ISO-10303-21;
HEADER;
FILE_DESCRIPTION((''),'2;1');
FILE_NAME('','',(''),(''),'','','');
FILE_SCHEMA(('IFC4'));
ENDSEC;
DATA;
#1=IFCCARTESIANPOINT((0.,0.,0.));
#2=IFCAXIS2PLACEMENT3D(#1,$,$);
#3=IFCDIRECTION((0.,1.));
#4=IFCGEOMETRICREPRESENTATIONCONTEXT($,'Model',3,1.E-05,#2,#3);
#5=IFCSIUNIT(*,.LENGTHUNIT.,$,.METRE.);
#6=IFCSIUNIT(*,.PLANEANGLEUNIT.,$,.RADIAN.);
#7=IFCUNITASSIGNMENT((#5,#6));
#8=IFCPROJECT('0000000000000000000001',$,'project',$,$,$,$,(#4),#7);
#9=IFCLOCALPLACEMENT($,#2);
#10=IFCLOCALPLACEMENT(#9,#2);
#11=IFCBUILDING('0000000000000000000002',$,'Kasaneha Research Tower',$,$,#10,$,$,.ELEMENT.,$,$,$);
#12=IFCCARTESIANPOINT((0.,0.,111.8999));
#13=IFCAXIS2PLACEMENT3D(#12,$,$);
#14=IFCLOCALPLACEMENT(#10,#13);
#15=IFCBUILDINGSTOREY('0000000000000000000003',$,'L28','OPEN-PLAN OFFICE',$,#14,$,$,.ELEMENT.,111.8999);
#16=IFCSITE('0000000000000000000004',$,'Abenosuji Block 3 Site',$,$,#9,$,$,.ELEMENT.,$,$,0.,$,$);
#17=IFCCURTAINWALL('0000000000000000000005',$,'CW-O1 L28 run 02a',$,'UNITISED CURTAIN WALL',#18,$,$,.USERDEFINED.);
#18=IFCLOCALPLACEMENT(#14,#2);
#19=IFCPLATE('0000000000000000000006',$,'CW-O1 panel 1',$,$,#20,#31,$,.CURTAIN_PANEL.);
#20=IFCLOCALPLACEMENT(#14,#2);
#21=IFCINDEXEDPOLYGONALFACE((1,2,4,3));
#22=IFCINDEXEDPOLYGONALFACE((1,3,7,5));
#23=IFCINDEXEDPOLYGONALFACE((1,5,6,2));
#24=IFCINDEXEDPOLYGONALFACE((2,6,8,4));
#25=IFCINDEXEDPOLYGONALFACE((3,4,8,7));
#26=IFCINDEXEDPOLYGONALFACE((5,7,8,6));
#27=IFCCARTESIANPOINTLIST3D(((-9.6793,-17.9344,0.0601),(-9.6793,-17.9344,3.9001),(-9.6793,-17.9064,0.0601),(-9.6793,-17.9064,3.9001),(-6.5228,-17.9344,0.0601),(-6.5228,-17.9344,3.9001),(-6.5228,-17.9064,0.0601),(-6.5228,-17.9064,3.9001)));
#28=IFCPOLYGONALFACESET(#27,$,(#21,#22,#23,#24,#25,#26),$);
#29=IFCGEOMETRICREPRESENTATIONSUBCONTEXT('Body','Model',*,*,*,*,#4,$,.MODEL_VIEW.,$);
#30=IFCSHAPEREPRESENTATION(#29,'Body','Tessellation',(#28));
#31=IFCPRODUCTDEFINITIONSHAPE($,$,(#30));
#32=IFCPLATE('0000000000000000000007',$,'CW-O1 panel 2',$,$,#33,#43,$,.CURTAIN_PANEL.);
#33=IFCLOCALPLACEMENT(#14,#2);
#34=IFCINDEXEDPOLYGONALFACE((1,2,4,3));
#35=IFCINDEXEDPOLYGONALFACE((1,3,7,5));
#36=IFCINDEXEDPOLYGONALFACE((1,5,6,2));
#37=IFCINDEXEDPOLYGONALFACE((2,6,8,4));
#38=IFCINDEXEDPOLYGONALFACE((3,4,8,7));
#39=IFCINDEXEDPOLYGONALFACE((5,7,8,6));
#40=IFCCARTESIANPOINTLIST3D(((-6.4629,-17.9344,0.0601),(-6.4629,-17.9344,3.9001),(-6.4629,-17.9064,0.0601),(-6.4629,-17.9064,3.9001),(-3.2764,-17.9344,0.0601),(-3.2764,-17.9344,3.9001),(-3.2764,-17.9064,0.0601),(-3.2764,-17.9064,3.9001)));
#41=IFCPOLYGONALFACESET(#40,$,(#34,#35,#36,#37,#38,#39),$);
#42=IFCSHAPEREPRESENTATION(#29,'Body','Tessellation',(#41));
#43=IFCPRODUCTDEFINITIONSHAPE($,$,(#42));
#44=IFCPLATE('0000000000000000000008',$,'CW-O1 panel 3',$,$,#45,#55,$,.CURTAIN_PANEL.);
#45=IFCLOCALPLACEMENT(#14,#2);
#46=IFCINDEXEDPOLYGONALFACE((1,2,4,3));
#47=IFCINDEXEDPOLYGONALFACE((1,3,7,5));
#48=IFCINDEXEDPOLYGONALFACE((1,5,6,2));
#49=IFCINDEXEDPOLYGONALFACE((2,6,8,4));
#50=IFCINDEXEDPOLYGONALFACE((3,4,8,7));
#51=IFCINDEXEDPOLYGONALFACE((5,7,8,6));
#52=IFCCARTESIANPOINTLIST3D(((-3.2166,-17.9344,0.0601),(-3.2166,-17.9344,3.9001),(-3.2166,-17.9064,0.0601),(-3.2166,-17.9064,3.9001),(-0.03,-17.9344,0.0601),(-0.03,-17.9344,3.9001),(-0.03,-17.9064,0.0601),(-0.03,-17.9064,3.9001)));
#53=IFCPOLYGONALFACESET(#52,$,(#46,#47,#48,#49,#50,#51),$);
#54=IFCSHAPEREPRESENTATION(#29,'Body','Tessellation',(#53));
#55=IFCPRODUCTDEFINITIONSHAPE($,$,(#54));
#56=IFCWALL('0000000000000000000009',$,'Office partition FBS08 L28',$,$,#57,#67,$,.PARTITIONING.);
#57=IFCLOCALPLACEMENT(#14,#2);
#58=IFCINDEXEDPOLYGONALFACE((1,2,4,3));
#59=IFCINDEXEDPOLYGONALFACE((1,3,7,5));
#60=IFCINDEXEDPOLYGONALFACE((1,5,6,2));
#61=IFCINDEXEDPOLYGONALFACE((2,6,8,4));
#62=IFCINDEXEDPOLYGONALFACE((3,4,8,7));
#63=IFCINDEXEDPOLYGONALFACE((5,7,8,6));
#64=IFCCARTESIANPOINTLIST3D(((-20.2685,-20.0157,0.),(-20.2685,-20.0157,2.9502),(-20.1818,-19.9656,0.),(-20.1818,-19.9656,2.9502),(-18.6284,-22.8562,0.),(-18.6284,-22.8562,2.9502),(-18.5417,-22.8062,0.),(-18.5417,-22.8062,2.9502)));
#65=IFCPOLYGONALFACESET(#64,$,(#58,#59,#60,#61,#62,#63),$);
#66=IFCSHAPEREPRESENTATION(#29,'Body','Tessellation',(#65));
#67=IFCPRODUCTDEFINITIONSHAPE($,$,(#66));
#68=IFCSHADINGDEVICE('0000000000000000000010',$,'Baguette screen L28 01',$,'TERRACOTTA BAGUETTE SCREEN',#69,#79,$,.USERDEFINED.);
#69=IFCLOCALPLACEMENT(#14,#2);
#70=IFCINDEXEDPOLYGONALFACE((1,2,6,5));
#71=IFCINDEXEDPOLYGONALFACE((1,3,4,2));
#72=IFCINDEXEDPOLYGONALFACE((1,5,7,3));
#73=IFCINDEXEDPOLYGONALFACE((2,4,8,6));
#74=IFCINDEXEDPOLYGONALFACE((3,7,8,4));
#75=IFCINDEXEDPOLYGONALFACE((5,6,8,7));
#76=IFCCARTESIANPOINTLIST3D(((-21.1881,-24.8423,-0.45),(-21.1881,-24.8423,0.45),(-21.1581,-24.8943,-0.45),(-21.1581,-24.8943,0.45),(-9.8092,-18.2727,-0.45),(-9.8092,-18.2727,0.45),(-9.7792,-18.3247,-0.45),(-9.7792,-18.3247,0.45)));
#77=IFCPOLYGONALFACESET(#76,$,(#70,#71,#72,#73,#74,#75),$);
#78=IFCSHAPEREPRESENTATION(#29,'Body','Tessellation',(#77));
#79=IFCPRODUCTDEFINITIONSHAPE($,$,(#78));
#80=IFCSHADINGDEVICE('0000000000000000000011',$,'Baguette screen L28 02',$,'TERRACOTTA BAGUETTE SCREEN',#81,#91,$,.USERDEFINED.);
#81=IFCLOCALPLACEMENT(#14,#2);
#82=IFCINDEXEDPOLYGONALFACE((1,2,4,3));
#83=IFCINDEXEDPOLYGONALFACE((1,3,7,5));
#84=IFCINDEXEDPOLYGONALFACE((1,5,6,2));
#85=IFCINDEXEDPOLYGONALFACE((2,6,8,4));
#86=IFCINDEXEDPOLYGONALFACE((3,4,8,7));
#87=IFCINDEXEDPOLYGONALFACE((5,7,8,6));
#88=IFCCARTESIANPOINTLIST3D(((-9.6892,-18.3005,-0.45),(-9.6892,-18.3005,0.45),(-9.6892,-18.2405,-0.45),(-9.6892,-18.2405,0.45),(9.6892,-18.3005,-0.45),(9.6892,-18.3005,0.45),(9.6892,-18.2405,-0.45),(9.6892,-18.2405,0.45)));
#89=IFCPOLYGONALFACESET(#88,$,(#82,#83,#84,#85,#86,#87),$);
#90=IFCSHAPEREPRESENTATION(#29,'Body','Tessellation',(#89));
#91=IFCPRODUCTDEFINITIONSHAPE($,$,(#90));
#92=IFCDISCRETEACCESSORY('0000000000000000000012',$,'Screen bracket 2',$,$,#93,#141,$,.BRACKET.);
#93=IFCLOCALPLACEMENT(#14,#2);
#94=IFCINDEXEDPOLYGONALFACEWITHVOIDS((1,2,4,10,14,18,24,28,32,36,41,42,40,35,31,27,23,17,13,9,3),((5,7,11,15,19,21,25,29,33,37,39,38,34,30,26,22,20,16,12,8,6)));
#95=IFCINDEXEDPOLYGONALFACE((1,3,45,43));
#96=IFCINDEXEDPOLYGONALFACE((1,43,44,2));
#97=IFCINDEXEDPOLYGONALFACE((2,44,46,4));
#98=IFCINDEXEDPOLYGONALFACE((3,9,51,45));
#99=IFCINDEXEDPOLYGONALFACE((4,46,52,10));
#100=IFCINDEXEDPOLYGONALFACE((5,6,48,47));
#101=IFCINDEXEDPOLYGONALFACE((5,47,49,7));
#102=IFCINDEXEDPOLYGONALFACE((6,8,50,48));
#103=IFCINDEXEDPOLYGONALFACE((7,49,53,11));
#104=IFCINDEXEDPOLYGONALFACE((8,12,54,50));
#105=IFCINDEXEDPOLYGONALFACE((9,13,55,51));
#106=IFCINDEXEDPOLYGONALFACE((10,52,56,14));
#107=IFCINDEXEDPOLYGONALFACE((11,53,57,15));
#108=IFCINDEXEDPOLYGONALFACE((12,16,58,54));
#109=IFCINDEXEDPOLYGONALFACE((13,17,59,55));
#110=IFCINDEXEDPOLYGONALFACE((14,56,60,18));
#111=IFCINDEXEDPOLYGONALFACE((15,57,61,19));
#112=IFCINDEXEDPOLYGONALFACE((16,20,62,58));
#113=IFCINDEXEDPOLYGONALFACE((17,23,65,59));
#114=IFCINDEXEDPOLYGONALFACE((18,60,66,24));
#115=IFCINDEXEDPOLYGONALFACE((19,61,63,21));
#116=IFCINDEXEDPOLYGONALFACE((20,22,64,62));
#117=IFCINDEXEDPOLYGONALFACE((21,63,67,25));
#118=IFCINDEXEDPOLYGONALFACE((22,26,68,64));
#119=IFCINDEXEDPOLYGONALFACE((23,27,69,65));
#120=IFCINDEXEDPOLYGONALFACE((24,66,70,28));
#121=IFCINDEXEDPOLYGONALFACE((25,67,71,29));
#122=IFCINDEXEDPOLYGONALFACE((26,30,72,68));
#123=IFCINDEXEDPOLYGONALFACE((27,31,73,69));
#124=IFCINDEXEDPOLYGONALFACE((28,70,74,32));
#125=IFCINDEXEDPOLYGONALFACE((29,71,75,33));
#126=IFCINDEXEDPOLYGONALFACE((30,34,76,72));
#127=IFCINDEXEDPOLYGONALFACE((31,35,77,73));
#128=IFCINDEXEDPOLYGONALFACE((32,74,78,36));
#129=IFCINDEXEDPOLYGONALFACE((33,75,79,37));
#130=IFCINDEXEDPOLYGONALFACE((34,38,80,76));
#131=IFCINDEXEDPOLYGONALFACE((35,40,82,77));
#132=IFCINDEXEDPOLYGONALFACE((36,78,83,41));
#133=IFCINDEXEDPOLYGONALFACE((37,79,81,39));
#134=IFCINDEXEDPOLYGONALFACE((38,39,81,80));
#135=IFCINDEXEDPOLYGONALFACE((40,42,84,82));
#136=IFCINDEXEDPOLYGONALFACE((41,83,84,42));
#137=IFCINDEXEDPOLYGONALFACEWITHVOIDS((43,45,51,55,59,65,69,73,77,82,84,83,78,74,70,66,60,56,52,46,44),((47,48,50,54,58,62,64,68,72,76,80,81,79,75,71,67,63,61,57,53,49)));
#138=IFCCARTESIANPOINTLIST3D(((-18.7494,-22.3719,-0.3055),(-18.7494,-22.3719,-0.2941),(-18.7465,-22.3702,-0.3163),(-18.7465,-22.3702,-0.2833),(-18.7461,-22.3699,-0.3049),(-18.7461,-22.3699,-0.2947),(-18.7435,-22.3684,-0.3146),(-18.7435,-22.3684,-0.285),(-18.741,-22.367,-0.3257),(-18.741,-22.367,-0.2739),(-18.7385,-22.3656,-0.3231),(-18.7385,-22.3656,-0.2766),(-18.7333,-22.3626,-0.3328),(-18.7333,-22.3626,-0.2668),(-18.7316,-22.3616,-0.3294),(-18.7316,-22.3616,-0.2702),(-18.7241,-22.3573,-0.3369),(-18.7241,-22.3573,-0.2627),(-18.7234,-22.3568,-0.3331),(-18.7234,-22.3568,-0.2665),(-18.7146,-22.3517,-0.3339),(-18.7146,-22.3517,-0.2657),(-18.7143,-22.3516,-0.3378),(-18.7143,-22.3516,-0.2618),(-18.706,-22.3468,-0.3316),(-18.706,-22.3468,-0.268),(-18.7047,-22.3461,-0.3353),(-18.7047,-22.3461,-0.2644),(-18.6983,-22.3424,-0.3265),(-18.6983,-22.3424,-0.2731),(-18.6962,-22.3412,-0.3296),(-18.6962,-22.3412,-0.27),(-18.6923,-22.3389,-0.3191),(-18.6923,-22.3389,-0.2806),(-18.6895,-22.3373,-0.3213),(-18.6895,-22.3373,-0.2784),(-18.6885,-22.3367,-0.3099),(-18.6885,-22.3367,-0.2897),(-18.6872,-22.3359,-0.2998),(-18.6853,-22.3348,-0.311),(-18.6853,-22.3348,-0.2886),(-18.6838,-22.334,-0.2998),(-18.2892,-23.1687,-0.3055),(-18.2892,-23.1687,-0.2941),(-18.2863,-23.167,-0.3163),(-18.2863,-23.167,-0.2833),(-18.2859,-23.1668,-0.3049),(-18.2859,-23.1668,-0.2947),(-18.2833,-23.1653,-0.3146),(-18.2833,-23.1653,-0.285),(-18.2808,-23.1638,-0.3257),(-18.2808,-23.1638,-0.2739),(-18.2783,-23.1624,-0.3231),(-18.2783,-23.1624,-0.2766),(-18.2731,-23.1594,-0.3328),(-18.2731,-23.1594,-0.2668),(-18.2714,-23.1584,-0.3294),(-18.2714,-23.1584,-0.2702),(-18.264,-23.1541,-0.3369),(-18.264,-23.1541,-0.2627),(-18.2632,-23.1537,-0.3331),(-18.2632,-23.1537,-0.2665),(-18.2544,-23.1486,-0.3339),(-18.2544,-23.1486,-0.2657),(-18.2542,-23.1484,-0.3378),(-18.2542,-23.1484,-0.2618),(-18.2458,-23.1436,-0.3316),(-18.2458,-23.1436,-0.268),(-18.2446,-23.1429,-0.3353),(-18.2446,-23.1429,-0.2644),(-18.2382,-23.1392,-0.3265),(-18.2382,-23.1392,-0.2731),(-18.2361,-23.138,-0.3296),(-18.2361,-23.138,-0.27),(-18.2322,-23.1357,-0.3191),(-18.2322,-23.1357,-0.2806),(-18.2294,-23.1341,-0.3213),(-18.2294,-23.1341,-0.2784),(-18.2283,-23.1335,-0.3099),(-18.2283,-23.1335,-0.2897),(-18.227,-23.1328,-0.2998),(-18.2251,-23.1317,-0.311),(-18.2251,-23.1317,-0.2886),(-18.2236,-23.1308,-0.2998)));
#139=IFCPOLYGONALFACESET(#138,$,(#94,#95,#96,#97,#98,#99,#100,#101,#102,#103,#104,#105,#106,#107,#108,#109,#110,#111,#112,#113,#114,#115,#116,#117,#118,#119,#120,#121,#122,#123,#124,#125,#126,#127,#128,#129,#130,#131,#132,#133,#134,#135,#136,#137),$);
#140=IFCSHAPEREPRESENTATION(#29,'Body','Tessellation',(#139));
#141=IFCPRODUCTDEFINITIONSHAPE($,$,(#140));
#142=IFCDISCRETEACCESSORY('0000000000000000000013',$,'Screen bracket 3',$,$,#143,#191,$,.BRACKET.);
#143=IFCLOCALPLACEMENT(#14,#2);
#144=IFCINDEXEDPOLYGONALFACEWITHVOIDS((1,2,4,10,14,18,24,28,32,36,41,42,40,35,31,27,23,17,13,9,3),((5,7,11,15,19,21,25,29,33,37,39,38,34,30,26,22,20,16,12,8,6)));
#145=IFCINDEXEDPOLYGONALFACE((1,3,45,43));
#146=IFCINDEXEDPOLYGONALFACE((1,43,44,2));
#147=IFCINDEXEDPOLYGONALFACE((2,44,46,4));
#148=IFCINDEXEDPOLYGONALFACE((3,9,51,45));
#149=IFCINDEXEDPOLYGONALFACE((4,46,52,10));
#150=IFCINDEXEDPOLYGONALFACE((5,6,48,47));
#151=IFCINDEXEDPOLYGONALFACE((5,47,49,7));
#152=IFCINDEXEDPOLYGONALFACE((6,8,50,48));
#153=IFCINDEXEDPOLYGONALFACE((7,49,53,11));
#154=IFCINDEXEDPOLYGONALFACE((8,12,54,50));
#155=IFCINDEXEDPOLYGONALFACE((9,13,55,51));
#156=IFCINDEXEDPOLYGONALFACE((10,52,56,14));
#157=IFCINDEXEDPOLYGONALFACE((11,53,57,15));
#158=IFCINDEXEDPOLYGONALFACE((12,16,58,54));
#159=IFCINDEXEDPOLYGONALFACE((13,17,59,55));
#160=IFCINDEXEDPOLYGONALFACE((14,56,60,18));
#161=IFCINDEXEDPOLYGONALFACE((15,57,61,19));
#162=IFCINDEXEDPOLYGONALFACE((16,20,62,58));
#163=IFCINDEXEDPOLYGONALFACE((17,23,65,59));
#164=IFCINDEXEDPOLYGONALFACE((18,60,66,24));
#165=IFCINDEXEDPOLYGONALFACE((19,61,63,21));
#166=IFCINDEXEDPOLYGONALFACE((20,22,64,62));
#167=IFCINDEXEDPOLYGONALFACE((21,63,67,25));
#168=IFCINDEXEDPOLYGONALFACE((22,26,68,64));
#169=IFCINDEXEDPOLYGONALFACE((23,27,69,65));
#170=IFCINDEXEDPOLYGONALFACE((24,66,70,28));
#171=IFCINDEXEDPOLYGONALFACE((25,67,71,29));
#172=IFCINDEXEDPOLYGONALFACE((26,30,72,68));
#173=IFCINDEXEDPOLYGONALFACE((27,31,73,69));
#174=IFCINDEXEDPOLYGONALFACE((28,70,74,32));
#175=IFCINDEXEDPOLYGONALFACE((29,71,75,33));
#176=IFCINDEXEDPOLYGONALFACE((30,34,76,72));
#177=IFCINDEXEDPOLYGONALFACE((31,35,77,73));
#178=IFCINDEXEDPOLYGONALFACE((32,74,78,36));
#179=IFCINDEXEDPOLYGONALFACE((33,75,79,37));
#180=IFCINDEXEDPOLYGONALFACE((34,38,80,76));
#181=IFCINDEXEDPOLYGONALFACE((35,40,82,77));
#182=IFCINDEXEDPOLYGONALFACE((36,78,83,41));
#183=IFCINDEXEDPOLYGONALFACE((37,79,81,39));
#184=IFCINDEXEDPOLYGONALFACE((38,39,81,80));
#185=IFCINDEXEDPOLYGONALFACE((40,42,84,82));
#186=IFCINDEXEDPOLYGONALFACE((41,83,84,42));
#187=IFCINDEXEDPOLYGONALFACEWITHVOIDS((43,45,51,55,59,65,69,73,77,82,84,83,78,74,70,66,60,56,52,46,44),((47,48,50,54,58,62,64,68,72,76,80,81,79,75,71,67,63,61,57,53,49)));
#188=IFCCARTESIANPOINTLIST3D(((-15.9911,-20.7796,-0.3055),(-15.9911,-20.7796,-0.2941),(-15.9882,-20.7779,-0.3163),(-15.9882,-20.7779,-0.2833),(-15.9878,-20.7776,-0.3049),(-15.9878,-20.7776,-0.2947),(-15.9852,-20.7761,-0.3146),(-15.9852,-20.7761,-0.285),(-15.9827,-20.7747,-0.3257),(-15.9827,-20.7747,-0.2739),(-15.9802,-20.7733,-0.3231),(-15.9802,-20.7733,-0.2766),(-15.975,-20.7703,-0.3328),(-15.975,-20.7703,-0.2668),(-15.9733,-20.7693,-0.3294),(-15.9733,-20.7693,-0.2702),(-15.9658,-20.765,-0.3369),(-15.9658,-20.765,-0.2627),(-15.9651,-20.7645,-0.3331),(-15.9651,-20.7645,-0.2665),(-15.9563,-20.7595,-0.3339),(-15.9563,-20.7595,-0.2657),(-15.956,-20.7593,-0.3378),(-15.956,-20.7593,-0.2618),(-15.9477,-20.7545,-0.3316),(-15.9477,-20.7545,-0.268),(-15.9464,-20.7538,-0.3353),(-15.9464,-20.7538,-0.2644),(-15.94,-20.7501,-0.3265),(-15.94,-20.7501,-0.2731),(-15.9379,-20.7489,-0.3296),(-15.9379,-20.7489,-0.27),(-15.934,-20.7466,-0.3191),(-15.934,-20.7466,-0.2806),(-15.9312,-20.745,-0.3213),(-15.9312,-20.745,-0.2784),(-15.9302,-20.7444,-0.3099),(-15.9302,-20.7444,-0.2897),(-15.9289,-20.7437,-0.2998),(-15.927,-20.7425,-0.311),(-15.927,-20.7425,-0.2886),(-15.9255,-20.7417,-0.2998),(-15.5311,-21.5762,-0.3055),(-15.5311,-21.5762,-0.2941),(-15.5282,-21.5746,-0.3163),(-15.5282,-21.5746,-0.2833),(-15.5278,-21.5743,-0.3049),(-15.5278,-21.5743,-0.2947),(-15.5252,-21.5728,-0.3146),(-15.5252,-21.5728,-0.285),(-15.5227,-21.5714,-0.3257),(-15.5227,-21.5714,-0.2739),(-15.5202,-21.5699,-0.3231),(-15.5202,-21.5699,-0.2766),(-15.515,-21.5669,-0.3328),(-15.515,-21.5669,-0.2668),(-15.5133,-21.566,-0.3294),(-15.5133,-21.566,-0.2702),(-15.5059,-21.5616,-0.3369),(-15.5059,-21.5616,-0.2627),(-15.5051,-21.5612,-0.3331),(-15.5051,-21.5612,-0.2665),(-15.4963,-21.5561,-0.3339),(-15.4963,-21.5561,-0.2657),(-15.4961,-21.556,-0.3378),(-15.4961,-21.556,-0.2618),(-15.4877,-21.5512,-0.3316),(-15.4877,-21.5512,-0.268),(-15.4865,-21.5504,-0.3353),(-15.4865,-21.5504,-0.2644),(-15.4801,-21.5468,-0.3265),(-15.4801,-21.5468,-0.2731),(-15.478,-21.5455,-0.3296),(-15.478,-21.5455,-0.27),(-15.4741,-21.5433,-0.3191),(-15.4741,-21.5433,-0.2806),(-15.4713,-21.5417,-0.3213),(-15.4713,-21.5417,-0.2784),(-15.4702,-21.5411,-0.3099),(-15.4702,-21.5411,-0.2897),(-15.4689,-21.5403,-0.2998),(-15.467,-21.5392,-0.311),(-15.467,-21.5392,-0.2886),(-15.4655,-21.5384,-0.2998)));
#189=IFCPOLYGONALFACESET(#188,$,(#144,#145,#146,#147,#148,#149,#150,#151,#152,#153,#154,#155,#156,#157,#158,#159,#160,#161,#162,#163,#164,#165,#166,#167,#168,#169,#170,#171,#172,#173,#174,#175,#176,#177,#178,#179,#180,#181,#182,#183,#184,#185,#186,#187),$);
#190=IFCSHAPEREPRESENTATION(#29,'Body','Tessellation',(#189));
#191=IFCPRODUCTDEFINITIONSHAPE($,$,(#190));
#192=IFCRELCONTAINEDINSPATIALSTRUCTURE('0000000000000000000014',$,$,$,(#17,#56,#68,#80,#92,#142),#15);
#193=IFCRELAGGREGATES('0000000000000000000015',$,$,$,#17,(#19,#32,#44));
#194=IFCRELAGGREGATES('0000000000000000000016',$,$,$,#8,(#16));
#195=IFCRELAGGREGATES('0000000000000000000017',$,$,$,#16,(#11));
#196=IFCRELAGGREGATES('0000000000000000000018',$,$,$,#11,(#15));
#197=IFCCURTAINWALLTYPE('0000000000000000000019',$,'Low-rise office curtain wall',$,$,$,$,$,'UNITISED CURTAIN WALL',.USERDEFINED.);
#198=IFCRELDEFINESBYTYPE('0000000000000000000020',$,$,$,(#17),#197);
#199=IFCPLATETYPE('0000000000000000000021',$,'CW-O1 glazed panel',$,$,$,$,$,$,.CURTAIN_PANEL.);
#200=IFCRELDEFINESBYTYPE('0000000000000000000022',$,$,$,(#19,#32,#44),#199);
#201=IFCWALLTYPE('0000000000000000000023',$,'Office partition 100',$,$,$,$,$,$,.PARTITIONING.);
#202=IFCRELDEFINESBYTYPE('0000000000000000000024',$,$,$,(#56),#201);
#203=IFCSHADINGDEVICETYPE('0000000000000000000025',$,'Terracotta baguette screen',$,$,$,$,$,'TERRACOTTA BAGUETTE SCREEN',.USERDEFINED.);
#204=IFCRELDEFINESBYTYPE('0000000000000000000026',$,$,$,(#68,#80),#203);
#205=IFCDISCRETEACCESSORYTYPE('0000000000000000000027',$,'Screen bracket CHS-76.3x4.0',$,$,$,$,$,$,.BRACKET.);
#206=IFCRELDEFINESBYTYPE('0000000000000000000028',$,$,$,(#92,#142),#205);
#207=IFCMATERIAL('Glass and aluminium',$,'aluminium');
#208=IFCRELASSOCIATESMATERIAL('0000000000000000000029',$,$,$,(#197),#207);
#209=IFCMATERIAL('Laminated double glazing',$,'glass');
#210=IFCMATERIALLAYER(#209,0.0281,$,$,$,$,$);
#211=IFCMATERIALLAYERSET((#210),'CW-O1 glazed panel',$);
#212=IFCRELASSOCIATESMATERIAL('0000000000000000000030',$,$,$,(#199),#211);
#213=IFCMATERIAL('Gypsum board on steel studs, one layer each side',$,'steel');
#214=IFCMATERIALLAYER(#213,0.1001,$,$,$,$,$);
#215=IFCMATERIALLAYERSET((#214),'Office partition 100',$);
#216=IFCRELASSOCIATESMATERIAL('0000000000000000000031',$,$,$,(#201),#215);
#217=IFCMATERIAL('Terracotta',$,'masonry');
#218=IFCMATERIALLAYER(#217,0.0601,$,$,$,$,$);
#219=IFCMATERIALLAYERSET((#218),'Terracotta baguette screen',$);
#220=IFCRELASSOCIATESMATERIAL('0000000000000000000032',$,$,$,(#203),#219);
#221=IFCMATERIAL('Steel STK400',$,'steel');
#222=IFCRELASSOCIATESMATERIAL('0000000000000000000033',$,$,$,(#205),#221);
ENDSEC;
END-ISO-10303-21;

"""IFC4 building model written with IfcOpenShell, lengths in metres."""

from ifc_helpers import new_model, si_unit, direction, frame, frame_2d, origin, origin_2d, place, context, subcontext, project, spatial, rectangle, hollow_circle, extrude, material, layer, layer_set, material_profile, profile_set, type_object, element, aggregate, save


model = new_model("IFC4")

# Units and contexts
model_context = context("Model", 3, precision=1e-05, world=origin(), true_north=direction((0.0, 1.0)))
body_context = subcontext(model_context, "Body", "Model", "MODEL_VIEW")
ifc_project = project(units=[si_unit("LENGTHUNIT", "METRE"), si_unit("PLANEANGLEUNIT", "RADIAN")], contexts=[model_context])

# Site, building, storey
site_placement = place(None, origin())
site = spatial("IfcSite", under=ifc_project, at=site_placement, Name="Abenosuji Block 3 Site", CompositionType="ELEMENT", RefElevation=0.0)
building_placement = place(site_placement, origin())
building = spatial("IfcBuilding", under=site, at=building_placement, Name="Kasaneha Research Tower", CompositionType="ELEMENT")
storey_placement = place(building_placement, frame((0.0, 0.0, 111.8999)))
storey = spatial("IfcBuildingStorey", under=building, at=storey_placement, Name="L28", Description="OPEN-PLAN OFFICE", CompositionType="ELEMENT", Elevation=111.8999)

# Curtain wall
ifc_material_1 = material(Name="Glass and aluminium", Category="aluminium")
curtain_wall_type = type_object("IfcCurtainWallType", Name="Low-rise office curtain wall", ElementType="UNITISED CURTAIN WALL", PredefinedType="USERDEFINED", material=ifc_material_1)
curtain_wall_1_placement = place(storey_placement, origin())
curtain_wall_1 = element("IfcCurtainWall", 1, at=curtain_wall_1_placement, inside=storey, type_object=curtain_wall_type, Name="CW-O1 L28 run 02a", ObjectType="UNITISED CURTAIN WALL", PredefinedType="USERDEFINED")

# Plates
ifc_material_2 = material(Name="Laminated double glazing", Category="glass")
ifc_layer_1 = layer(ifc_material_2, 0.0281)
ifc_layer_set_1 = layer_set([ifc_layer_1], Name="CW-O1 glazed panel")
plate_type = type_object("IfcPlateType", Name="CW-O1 glazed panel", PredefinedType="CURTAIN_PANEL", material=ifc_layer_set_1)
plate_1_placement = place(storey_placement, frame((-8.1011, -17.9204, 0.0601), z_axis=(0.0, 0.0, 1.0), x_axis=(1.0, 0.0, 0.0)))
plate_1 = element("IfcPlate", 2, at=plate_1_placement, type_object=plate_type, Name="CW-O1 panel 1", PredefinedType="CURTAIN_PANEL", context=body_context, shape_type="SweptSolid", body=[
    extrude(rectangle(XDim=3.1565, YDim=0.0281, at=origin_2d()), origin(), (0.0, 0.0, 1.0), 3.8401),
])
plate_2_placement = place(storey_placement, frame((-4.8696, -17.9204, 0.0601), z_axis=(0.0, 0.0, 1.0), x_axis=(1.0, 0.0, 0.0)))
plate_2 = element("IfcPlate", 3, at=plate_2_placement, type_object=plate_type, Name="CW-O1 panel 2", PredefinedType="CURTAIN_PANEL", context=body_context, shape_type="SweptSolid", body=[
    extrude(rectangle(XDim=3.1865, YDim=0.0281, at=origin_2d()), origin(), (0.0, 0.0, 1.0), 3.8401),
])
plate_3_placement = place(storey_placement, frame((-1.6233, -17.9204, 0.0601), z_axis=(0.0, 0.0, 1.0), x_axis=(1.0, 0.0, 0.0)))
plate_3 = element("IfcPlate", 4, at=plate_3_placement, type_object=plate_type, Name="CW-O1 panel 3", PredefinedType="CURTAIN_PANEL", context=body_context, shape_type="SweptSolid", body=[
    extrude(rectangle(XDim=3.1865, YDim=0.0281, at=origin_2d()), origin(), (0.0, 0.0, 1.0), 3.8401),
])
aggregate(curtain_wall_1, [plate_1, plate_2, plate_3])

# Wall
ifc_material_3 = material(Name="Gypsum board on steel studs, one layer each side", Category="steel")
ifc_layer_2 = layer(ifc_material_3, 0.1001)
ifc_layer_set_2 = layer_set([ifc_layer_2], Name="Office partition 100")
wall_type = type_object("IfcWallType", Name="Office partition 100", PredefinedType="PARTITIONING", material=ifc_layer_set_2)
wall_placement = place(storey_placement, frame((-18.585, -22.8313, 0.0), z_axis=(0.0, 0.0, 1.0), x_axis=(-0.50003, 0.866008, 0.0)))
element("IfcWall", 5, at=wall_placement, inside=storey, type_object=wall_type, Name="Office partition FBS08 L28", PredefinedType="PARTITIONING", context=body_context, shape_type="SweptSolid", body=[
    extrude(rectangle(XDim=3.28, YDim=0.1001, at=frame_2d((1.6401, 0.0))), origin(), (0.0, 0.0, 1.0), 2.9502),
])

# Shading devices
ifc_material_4 = material(Name="Terracotta", Category="masonry")
ifc_layer_3 = layer(ifc_material_4, 0.0601)
ifc_layer_set_3 = layer_set([ifc_layer_3], Name="Terracotta baguette screen")
shading_device_type = type_object("IfcShadingDeviceType", Name="Terracotta baguette screen", ElementType="TERRACOTTA BAGUETTE SCREEN", PredefinedType="USERDEFINED", material=ifc_layer_set_3)
shading_device_1_placement = place(storey_placement, frame((-15.4836, -21.5835, -0.45), z_axis=(0.0, 0.0, 1.0), x_axis=(0.866025, 0.5, 0.0)))
element("IfcShadingDevice", 6, at=shading_device_1_placement, inside=storey, type_object=shading_device_type, Name="Baguette screen L28 01", ObjectType="TERRACOTTA BAGUETTE SCREEN", PredefinedType="USERDEFINED", context=body_context, shape_type="SweptSolid", body=[
    extrude(rectangle(XDim=13.1392, YDim=0.0601, at=origin_2d()), origin(), (0.0, 0.0, 1.0), 0.8999),
])
shading_device_2_placement = place(storey_placement, frame((0.0, -18.2705, -0.45), z_axis=(0.0, 0.0, 1.0), x_axis=(1.0, 0.0, 0.0)))
element("IfcShadingDevice", 7, at=shading_device_2_placement, inside=storey, type_object=shading_device_type, Name="Baguette screen L28 02", ObjectType="TERRACOTTA BAGUETTE SCREEN", PredefinedType="USERDEFINED", context=body_context, shape_type="SweptSolid", body=[
    extrude(rectangle(XDim=19.3784, YDim=0.0601, at=origin_2d()), origin(), (0.0, 0.0, 1.0), 0.8999),
])

# Discrete accessories
ifc_material_5 = material(Name="Steel STK400", Category="steel")
ifc_material_profile_1 = material_profile(ifc_material_5, hollow_circle(Radius=0.0381, WallThickness=0.0039, at=origin_2d()), Name="CHS-76.3x4.0")
ifc_profile_set_1 = profile_set([ifc_material_profile_1], Name="Steel STK400")
discrete_accessory_type = type_object("IfcDiscreteAccessoryType", Name="Screen bracket CHS-76.3x4.0", PredefinedType="BRACKET", material=ifc_profile_set_1)
discrete_accessory_1_placement = place(storey_placement, frame((-18.7168, -22.353, -0.2998), z_axis=(0.500105, -0.865965, 0.0), x_axis=(0.865965, 0.500105, 0.0)))
element("IfcDiscreteAccessory", 8, at=discrete_accessory_1_placement, inside=storey, type_object=discrete_accessory_type, Name="Screen bracket 2", PredefinedType="BRACKET", context=body_context, shape_type="SweptSolid", body=[
    extrude(hollow_circle(Radius=0.0381, WallThickness=0.0039, at=origin_2d()), origin(), (0.0, 0.0, 1.0), 0.9202),
])
discrete_accessory_2_placement = place(storey_placement, frame((-15.9585, -20.7607, -0.2998), z_axis=(0.500021, -0.866013, 0.0), x_axis=(0.866013, 0.500021, 0.0)))
element("IfcDiscreteAccessory", 9, at=discrete_accessory_2_placement, inside=storey, type_object=discrete_accessory_type, Name="Screen bracket 3", PredefinedType="BRACKET", context=body_context, shape_type="SweptSolid", body=[
    extrude(hollow_circle(Radius=0.0381, WallThickness=0.0039, at=origin_2d()), origin(), (0.0, 0.0, 1.0), 0.9199),
])

save(model, "model.ifc")
